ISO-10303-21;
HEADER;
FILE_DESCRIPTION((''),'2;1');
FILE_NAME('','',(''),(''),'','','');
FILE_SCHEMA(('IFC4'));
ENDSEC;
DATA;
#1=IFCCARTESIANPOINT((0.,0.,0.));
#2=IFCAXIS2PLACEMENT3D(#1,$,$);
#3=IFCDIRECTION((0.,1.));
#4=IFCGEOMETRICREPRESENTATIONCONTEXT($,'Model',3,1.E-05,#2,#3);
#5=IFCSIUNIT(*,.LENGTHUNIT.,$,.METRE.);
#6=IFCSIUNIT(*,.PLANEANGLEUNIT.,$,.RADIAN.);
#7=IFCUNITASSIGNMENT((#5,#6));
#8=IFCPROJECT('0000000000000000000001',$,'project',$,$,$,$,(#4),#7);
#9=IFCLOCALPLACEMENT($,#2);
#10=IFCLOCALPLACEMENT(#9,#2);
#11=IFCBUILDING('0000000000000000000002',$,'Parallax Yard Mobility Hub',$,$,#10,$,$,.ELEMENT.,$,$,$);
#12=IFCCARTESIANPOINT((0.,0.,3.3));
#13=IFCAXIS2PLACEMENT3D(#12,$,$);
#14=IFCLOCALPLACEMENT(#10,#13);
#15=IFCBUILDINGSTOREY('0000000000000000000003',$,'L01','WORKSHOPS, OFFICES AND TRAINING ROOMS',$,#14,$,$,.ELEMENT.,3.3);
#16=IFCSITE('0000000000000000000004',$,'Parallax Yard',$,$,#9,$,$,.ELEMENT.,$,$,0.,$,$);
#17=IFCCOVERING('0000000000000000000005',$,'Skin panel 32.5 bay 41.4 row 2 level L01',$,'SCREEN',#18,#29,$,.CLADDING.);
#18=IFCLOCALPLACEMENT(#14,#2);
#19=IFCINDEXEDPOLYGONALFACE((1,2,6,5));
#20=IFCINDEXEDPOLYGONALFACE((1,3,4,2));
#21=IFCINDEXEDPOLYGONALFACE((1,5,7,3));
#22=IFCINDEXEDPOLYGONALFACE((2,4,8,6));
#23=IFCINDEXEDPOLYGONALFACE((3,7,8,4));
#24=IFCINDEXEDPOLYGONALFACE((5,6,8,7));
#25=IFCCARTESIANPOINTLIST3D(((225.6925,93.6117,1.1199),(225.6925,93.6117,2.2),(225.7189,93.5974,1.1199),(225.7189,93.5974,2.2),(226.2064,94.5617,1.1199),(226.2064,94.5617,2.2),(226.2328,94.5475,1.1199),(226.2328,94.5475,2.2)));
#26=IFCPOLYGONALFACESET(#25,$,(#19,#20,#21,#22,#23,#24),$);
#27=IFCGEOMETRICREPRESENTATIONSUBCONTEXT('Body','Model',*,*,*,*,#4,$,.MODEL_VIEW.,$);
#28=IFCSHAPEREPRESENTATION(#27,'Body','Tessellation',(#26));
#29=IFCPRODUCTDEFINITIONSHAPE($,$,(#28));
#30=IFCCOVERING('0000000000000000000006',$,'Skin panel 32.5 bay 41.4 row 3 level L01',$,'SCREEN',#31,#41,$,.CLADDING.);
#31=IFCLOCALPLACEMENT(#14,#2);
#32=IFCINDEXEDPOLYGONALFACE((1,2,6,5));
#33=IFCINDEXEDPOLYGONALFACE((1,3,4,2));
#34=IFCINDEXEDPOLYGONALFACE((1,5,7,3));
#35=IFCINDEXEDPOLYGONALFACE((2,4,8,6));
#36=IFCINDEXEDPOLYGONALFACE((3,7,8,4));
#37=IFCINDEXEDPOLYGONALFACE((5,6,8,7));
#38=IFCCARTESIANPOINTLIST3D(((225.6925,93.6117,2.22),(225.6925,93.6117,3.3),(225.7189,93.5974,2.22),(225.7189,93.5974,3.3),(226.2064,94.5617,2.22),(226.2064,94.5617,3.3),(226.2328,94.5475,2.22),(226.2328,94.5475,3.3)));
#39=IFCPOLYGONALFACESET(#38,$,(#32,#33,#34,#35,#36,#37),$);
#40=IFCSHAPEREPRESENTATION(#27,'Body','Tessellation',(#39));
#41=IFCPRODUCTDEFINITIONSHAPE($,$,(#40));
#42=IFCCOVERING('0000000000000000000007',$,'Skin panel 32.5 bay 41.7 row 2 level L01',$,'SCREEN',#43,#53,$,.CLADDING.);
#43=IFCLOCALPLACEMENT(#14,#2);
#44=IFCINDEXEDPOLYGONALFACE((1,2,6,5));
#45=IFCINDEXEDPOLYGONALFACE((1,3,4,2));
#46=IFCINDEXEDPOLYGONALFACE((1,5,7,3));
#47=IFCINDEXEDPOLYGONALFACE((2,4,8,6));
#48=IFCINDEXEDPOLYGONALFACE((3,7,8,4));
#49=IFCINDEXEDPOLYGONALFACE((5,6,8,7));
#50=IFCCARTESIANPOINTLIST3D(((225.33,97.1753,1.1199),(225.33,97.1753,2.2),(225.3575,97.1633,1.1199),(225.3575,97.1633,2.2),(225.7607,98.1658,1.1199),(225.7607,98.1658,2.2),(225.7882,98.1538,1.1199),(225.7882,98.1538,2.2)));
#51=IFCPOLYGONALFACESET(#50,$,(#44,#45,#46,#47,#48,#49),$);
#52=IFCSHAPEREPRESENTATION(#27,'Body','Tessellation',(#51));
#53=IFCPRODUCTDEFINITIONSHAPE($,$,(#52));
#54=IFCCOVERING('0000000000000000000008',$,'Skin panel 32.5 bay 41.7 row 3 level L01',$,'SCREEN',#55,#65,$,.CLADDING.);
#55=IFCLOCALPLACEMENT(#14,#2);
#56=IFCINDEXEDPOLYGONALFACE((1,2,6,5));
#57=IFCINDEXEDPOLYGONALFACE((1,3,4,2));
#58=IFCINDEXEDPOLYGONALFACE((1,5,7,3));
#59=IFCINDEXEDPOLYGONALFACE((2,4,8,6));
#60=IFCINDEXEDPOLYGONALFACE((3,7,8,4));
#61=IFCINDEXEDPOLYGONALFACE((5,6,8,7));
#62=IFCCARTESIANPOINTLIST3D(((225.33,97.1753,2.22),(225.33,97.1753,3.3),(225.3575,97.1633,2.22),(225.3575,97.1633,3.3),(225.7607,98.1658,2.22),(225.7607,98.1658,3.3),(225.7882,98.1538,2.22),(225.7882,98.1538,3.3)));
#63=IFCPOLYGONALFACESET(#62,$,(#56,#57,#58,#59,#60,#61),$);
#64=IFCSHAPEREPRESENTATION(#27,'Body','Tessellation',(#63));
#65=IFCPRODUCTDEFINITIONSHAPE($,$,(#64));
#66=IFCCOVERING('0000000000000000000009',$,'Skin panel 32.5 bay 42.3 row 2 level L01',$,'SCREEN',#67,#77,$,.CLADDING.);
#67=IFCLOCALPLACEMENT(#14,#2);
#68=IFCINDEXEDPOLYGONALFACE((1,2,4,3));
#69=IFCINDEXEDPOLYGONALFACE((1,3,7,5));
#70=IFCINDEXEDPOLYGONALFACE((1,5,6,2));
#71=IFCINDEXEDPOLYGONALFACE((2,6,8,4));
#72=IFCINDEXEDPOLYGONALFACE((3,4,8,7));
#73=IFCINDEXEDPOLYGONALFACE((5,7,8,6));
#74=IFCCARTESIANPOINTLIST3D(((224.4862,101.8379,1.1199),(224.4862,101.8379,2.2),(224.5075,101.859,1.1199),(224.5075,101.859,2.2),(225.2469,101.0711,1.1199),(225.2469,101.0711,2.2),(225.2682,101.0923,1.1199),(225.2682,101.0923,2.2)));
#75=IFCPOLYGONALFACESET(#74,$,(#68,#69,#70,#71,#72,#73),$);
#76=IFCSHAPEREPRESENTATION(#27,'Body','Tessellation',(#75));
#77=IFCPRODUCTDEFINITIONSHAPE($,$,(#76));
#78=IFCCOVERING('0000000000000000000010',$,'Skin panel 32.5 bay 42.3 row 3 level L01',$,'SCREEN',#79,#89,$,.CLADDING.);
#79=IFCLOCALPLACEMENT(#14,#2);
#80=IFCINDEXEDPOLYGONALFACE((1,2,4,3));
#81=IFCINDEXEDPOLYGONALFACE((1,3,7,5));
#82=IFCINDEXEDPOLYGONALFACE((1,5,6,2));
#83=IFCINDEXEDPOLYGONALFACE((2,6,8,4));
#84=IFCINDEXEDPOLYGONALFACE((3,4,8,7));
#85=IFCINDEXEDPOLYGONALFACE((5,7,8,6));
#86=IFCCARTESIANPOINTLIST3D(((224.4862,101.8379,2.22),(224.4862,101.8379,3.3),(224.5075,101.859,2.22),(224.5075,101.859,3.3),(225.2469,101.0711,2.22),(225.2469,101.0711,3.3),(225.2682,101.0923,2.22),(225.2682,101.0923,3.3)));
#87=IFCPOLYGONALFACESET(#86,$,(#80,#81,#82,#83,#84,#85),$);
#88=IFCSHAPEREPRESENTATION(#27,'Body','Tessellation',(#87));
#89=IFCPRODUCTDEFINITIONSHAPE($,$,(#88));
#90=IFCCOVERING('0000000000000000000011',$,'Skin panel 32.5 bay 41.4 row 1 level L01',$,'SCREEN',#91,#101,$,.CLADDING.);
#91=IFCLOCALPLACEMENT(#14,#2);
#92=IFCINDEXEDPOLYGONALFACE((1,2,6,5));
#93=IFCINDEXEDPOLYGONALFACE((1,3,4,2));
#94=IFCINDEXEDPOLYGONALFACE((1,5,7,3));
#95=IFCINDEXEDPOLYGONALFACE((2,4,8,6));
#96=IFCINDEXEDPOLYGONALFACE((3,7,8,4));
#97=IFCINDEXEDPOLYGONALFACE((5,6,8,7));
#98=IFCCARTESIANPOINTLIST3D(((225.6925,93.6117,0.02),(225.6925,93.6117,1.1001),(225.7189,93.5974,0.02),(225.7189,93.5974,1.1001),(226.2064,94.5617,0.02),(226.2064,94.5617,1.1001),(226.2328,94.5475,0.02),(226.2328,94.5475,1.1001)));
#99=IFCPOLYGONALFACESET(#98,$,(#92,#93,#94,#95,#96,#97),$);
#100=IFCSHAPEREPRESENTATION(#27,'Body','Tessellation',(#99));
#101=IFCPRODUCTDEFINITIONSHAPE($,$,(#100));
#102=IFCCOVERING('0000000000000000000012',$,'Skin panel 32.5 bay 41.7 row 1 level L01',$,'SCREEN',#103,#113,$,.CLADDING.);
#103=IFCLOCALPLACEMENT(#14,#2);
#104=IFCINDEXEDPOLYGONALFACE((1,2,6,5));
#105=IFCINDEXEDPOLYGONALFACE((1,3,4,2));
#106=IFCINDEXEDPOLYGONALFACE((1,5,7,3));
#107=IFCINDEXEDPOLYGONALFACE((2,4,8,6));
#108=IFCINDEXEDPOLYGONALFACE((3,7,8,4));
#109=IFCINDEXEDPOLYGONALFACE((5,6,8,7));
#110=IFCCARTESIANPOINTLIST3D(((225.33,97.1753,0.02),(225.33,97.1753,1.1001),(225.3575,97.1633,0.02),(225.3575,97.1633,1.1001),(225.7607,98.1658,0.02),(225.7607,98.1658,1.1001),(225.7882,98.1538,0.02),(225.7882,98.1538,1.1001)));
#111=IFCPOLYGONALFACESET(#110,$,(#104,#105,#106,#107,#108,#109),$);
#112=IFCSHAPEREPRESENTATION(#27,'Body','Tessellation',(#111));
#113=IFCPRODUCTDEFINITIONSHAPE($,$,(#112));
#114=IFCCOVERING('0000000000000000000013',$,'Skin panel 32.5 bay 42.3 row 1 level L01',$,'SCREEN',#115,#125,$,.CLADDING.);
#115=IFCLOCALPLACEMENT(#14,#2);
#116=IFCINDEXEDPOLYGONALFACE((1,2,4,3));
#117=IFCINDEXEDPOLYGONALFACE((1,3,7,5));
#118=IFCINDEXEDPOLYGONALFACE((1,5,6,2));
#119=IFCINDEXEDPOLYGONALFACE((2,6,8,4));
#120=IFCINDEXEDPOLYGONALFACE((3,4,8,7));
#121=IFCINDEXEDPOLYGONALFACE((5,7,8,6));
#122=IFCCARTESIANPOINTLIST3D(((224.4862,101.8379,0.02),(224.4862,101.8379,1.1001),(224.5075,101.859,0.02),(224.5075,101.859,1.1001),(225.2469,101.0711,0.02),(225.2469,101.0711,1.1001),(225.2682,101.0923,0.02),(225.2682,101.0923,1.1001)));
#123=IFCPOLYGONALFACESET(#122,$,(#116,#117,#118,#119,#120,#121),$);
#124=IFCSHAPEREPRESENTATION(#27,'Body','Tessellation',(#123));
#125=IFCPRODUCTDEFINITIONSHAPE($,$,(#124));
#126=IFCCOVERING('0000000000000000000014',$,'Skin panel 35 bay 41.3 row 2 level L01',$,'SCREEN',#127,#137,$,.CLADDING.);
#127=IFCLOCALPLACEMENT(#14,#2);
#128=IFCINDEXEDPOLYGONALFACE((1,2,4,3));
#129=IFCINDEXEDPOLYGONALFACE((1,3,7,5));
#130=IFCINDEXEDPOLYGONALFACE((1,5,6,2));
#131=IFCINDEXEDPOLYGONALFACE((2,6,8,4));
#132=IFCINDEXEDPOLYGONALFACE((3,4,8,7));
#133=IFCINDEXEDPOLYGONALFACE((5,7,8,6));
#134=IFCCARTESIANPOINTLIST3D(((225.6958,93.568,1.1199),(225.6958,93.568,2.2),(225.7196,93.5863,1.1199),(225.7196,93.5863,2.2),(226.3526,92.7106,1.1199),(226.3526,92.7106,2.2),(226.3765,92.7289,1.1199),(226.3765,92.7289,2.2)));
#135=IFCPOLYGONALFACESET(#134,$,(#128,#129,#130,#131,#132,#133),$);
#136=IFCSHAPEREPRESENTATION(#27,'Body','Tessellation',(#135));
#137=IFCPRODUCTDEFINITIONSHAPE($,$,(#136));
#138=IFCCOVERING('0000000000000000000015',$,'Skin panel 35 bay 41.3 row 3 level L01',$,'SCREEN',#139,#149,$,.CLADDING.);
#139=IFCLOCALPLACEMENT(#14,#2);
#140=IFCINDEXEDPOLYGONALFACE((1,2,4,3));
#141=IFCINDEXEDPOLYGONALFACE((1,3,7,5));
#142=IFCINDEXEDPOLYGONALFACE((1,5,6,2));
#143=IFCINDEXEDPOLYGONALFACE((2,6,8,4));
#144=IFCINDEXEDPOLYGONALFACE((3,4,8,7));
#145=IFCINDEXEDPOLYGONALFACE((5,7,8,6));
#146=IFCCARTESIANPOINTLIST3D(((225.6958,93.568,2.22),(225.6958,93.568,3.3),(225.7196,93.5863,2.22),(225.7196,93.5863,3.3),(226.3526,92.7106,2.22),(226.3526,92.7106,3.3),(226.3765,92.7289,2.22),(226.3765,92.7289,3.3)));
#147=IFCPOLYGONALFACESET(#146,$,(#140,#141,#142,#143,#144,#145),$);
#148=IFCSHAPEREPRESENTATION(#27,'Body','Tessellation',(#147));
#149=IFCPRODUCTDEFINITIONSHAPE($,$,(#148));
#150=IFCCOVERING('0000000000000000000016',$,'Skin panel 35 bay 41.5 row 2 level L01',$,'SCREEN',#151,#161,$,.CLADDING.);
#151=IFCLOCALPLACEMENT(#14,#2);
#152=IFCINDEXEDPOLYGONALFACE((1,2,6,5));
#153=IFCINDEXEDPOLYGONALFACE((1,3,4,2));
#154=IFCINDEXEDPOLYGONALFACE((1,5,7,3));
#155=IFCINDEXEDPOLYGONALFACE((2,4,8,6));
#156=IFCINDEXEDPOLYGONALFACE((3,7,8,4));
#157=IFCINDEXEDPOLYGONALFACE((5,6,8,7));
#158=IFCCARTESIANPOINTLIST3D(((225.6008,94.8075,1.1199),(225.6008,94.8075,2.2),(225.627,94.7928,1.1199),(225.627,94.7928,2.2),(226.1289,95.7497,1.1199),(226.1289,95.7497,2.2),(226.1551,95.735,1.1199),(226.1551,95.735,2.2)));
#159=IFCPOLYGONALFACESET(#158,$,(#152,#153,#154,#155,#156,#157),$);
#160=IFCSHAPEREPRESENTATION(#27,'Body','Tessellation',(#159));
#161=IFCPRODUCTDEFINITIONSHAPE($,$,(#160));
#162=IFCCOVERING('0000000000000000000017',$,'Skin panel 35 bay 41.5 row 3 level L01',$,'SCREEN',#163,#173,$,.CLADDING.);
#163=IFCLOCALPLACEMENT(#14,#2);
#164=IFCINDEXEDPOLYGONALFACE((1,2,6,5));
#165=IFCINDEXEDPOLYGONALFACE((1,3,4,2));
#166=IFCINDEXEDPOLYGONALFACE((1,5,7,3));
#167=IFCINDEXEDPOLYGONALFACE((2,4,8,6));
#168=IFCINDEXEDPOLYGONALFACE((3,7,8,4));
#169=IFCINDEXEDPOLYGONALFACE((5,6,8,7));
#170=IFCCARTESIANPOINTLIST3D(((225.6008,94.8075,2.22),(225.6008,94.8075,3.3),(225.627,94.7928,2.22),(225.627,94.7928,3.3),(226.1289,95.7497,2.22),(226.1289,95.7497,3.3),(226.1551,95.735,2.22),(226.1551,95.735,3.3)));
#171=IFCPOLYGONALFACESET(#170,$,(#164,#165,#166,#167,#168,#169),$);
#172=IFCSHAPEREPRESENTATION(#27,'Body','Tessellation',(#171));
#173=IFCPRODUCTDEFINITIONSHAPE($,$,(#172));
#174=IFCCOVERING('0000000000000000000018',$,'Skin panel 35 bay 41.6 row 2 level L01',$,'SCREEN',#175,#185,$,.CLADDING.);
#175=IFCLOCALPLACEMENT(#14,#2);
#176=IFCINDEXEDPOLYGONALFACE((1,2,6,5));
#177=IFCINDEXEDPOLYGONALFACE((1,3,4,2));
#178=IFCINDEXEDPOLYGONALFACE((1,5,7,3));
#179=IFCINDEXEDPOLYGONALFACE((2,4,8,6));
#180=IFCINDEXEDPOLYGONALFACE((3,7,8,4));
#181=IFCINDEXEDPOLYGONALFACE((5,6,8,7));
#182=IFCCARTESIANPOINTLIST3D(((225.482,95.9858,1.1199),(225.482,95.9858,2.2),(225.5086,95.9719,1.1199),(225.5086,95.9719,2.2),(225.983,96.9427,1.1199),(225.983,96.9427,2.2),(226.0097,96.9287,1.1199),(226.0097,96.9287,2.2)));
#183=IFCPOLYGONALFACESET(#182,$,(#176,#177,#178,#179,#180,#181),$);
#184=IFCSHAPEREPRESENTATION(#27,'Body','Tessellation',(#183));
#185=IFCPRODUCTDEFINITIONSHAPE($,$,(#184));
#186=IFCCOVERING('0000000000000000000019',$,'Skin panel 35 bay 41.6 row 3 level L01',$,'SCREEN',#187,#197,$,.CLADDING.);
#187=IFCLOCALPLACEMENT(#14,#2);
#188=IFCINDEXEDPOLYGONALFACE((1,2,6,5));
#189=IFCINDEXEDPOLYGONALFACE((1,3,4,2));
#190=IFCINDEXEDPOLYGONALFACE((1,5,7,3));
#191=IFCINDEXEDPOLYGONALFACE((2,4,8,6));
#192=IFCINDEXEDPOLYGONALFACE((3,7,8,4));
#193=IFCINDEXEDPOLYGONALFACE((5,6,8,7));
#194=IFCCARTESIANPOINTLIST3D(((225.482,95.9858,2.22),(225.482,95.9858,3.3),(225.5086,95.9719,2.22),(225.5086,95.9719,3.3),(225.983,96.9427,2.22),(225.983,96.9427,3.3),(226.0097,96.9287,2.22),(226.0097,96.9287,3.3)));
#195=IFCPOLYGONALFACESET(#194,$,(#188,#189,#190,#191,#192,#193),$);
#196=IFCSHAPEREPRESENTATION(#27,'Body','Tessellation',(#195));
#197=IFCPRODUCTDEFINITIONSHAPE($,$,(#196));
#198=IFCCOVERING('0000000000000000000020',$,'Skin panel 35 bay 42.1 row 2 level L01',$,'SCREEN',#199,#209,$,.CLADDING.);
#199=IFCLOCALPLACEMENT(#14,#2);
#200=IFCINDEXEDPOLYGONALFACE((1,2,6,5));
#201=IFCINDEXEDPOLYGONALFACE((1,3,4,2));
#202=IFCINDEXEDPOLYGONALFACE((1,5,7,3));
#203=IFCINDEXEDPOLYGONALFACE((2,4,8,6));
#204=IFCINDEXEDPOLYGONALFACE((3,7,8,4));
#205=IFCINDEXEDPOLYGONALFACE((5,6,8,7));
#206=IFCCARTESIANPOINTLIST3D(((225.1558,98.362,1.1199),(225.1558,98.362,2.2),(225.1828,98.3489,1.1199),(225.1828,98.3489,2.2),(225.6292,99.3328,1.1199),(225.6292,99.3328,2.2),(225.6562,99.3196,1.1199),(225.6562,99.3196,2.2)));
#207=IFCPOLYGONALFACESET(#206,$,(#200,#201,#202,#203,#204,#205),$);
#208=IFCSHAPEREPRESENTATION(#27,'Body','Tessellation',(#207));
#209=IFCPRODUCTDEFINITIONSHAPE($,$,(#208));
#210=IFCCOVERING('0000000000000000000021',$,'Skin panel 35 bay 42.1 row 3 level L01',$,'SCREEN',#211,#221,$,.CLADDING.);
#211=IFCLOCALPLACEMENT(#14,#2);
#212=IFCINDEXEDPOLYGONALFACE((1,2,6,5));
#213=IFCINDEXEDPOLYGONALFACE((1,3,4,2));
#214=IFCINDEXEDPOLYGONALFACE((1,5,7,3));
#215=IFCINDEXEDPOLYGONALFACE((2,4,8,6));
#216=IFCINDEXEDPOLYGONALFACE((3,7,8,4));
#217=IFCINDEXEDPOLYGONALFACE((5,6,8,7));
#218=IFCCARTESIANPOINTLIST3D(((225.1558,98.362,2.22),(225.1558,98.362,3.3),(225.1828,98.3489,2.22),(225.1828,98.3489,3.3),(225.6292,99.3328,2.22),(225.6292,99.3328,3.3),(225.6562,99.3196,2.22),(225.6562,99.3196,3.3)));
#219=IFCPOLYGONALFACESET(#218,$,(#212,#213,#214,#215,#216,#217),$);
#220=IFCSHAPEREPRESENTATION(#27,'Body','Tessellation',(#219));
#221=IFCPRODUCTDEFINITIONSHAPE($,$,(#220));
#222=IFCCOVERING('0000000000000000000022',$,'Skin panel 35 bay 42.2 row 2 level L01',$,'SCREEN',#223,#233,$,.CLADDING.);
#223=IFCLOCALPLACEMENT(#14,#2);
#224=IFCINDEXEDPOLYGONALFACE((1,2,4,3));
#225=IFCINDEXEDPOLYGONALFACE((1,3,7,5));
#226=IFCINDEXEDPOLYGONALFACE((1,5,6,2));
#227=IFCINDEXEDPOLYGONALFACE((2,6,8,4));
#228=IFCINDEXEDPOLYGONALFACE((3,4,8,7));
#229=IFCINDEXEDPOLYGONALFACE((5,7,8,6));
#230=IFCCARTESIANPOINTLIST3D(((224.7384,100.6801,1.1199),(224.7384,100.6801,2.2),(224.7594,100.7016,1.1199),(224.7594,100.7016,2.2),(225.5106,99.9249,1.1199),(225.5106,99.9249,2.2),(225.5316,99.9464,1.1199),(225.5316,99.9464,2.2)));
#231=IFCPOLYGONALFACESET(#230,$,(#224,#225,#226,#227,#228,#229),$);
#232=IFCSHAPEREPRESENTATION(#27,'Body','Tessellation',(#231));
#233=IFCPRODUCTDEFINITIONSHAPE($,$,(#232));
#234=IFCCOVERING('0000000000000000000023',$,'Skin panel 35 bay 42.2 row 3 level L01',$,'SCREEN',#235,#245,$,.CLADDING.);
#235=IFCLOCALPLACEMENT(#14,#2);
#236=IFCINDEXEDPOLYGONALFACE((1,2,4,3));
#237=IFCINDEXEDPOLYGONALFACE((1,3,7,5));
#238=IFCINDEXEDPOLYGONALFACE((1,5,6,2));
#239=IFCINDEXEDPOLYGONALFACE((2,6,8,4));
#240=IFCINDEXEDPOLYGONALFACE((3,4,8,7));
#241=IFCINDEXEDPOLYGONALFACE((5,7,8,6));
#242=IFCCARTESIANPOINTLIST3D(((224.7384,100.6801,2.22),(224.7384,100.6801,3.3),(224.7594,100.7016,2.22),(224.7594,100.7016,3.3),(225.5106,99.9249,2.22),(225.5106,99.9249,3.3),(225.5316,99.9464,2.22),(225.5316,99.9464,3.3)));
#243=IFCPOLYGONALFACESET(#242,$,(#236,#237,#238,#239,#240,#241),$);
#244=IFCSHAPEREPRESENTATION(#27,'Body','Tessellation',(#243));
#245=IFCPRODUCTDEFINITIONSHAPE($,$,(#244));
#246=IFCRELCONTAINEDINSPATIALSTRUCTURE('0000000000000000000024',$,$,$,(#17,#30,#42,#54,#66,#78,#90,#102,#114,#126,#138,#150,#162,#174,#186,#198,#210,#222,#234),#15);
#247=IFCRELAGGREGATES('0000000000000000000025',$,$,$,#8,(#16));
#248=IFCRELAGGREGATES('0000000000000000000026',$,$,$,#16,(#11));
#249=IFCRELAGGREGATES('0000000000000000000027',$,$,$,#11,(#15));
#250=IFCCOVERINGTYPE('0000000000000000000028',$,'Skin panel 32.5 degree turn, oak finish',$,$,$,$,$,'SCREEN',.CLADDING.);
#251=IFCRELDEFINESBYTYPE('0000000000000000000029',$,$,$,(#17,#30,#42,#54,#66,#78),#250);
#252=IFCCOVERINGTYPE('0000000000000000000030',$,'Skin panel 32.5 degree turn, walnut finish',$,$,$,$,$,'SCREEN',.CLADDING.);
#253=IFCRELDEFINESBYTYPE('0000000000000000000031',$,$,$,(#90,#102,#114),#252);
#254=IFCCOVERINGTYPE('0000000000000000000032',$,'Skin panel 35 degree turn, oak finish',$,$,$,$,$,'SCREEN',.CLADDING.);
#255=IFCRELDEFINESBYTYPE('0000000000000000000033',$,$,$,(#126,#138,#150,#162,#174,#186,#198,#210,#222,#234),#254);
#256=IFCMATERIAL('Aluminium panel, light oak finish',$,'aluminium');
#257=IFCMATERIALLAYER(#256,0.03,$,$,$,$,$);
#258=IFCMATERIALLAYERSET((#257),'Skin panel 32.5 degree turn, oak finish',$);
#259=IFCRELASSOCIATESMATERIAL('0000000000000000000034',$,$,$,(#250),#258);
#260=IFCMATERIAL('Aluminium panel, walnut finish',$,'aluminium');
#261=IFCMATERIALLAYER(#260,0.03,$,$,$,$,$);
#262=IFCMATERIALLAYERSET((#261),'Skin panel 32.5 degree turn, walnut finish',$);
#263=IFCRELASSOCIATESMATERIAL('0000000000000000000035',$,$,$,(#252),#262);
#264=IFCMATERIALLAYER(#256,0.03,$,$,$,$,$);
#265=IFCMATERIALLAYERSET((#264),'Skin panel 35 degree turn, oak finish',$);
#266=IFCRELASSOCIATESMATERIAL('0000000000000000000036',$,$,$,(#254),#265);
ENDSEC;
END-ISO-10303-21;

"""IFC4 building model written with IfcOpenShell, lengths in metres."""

from ifc_helpers import new_model, si_unit, direction, frame, origin, origin_2d, place, context, subcontext, project, spatial, rectangle, extrude, material, layer, layer_set, type_object, element, save


model = new_model("IFC4")

# Units and contexts
model_context = context("Model", 3, precision=1e-05, world=origin(), true_north=direction((0.0, 1.0)))
body_context = subcontext(model_context, "Body", "Model", "MODEL_VIEW")
ifc_project = project(units=[si_unit("LENGTHUNIT", "METRE"), si_unit("PLANEANGLEUNIT", "RADIAN")], contexts=[model_context])

# Site, building, storey
site_placement = place(None, origin())
site = spatial("IfcSite", under=ifc_project, at=site_placement, Name="Parallax Yard", CompositionType="ELEMENT", RefElevation=0.0)
building_placement = place(site_placement, origin())
building = spatial("IfcBuilding", under=site, at=building_placement, Name="Parallax Yard Mobility Hub", CompositionType="ELEMENT")
storey_placement = place(building_placement, frame((0.0, 0.0, 3.3)))
storey = spatial("IfcBuildingStorey", under=building, at=storey_placement, Name="L01", Description="WORKSHOPS, OFFICES AND TRAINING ROOMS", CompositionType="ELEMENT", Elevation=3.3)

# Coverings
ifc_material_1 = material(Name="Aluminium panel, light oak finish", Category="aluminium")
ifc_layer_1 = layer(ifc_material_1, 0.03)
ifc_layer_set_1 = layer_set([ifc_layer_1], Name="Skin panel 32.5 degree turn, oak finish")
covering_type_1 = type_object("IfcCoveringType", Name="Skin panel 32.5 degree turn, oak finish", ElementType="SCREEN", PredefinedType="CLADDING", material=ifc_layer_set_1)
for number, where, z_axis, x_axis, name in (
    (1, (225.9626, 94.0796, 1.1199), (0.0, 0.0, 1.0), (0.475764, 0.879573, 0.0), "Skin panel 32.5 bay 41.4 row 2 level L01"),
    (2, (225.9626, 94.0796, 2.22), (0.0, 0.0, 1.0), (0.475764, 0.879573, 0.0), "Skin panel 32.5 bay 41.4 row 3 level L01"),
    (3, (225.5591, 97.6646, 1.1199), (0.0, 0.0, 1.0), (0.398749, 0.91706, 0.0), "Skin panel 32.5 bay 41.7 row 2 level L01"),
    (4, (225.5591, 97.6646, 2.22), (0.0, 0.0, 1.0), (0.398749, 0.91706, 0.0), "Skin panel 32.5 bay 41.7 row 3 level L01"),
    (5, (224.8772, 101.4651, 1.1199), (0.0, 0.0, 1.0), (0.704296, -0.709906, 0.0), "Skin panel 32.5 bay 42.3 row 2 level L01"),
    (6, (224.8772, 101.4651, 2.22), (0.0, 0.0, 1.0), (0.704296, -0.709906, 0.0), "Skin panel 32.5 bay 42.3 row 3 level L01"),
):
    element("IfcCovering", number, at=place(storey_placement, frame(where, z_axis=z_axis, x_axis=x_axis)), inside=storey, type_object=covering_type_1, Name=name, ObjectType="SCREEN", PredefinedType="CLADDING", context=body_context, shape_type="SweptSolid", body=[
        extrude(rectangle(XDim=1.0801, YDim=0.03, at=origin_2d()), origin(), (0.0, 0.0, 1.0), 1.0801),
    ])
ifc_material_2 = material(Name="Aluminium panel, walnut finish", Category="aluminium")
ifc_layer_2 = layer(ifc_material_2, 0.03)
ifc_layer_set_2 = layer_set([ifc_layer_2], Name="Skin panel 32.5 degree turn, walnut finish")
covering_type_2 = type_object("IfcCoveringType", Name="Skin panel 32.5 degree turn, walnut finish", ElementType="SCREEN", PredefinedType="CLADDING", material=ifc_layer_set_2)
for number, where, z_axis, x_axis, name in (
    (7, (225.9626, 94.0796, 0.02), (0.0, 0.0, 1.0), (0.475764, 0.879573, 0.0), "Skin panel 32.5 bay 41.4 row 1 level L01"),
    (8, (225.5591, 97.6646, 0.02), (0.0, 0.0, 1.0), (0.398749, 0.91706, 0.0), "Skin panel 32.5 bay 41.7 row 1 level L01"),
    (9, (224.8772, 101.4651, 0.02), (0.0, 0.0, 1.0), (0.704296, -0.709906, 0.0), "Skin panel 32.5 bay 42.3 row 1 level L01"),
):
    element("IfcCovering", number, at=place(storey_placement, frame(where, z_axis=z_axis, x_axis=x_axis)), inside=storey, type_object=covering_type_2, Name=name, ObjectType="SCREEN", PredefinedType="CLADDING", context=body_context, shape_type="SweptSolid", body=[
        extrude(rectangle(XDim=1.0801, YDim=0.03, at=origin_2d()), origin(), (0.0, 0.0, 1.0), 1.0801),
    ])
ifc_layer_3 = layer(ifc_material_1, 0.03)
ifc_layer_set_3 = layer_set([ifc_layer_3], Name="Skin panel 35 degree turn, oak finish")
covering_type_3 = type_object("IfcCoveringType", Name="Skin panel 35 degree turn, oak finish", ElementType="SCREEN", PredefinedType="CLADDING", material=ifc_layer_set_3)
for number, where, z_axis, x_axis, name in (
    (10, (226.0361, 93.1484, 1.1199), (0.0, 0.0, 1.0), (0.608131, -0.793837, 0.0), "Skin panel 35 bay 41.3 row 2 level L01"),
    (11, (226.0361, 93.1484, 2.22), (0.0, 0.0, 1.0), (0.608131, -0.793837, 0.0), "Skin panel 35 bay 41.3 row 3 level L01"),
    (12, (225.8779, 95.2712, 1.1199), (0.0, 0.0, 1.0), (0.488967, 0.872302, 0.0), "Skin panel 35 bay 41.5 row 2 level L01"),
    (13, (225.8779, 95.2712, 2.22), (0.0, 0.0, 1.0), (0.488967, 0.872302, 0.0), "Skin panel 35 bay 41.5 row 3 level L01"),
    (14, (225.7458, 96.4573, 1.1199), (0.0, 0.0, 1.0), (0.463859, 0.885909, 0.0), "Skin panel 35 bay 41.6 row 2 level L01"),
    (15, (225.7458, 96.4573, 2.22), (0.0, 0.0, 1.0), (0.463859, 0.885909, 0.0), "Skin panel 35 bay 41.6 row 3 level L01"),
    (16, (225.406, 98.8408, 1.1199), (0.0, 0.0, 1.0), (0.438371, 0.898794, 0.0), "Skin panel 35 bay 42.1 row 2 level L01"),
    (17, (225.406, 98.8408, 2.22), (0.0, 0.0, 1.0), (0.438371, 0.898794, 0.0), "Skin panel 35 bay 42.1 row 3 level L01"),
    (18, (225.135, 100.3132, 1.1199), (0.0, 0.0, 1.0), (0.714917, -0.699209, 0.0), "Skin panel 35 bay 42.2 row 2 level L01"),
    (19, (225.135, 100.3132, 2.22), (0.0, 0.0, 1.0), (0.714917, -0.699209, 0.0), "Skin panel 35 bay 42.2 row 3 level L01"),
):
    element("IfcCovering", number, at=place(storey_placement, frame(where, z_axis=z_axis, x_axis=x_axis)), inside=storey, type_object=covering_type_3, Name=name, ObjectType="SCREEN", PredefinedType="CLADDING", context=body_context, shape_type="SweptSolid", body=[
        extrude(rectangle(XDim=1.0801, YDim=0.03, at=origin_2d()), origin(), (0.0, 0.0, 1.0), 1.0801),
    ])

save(model, "model.ifc")
